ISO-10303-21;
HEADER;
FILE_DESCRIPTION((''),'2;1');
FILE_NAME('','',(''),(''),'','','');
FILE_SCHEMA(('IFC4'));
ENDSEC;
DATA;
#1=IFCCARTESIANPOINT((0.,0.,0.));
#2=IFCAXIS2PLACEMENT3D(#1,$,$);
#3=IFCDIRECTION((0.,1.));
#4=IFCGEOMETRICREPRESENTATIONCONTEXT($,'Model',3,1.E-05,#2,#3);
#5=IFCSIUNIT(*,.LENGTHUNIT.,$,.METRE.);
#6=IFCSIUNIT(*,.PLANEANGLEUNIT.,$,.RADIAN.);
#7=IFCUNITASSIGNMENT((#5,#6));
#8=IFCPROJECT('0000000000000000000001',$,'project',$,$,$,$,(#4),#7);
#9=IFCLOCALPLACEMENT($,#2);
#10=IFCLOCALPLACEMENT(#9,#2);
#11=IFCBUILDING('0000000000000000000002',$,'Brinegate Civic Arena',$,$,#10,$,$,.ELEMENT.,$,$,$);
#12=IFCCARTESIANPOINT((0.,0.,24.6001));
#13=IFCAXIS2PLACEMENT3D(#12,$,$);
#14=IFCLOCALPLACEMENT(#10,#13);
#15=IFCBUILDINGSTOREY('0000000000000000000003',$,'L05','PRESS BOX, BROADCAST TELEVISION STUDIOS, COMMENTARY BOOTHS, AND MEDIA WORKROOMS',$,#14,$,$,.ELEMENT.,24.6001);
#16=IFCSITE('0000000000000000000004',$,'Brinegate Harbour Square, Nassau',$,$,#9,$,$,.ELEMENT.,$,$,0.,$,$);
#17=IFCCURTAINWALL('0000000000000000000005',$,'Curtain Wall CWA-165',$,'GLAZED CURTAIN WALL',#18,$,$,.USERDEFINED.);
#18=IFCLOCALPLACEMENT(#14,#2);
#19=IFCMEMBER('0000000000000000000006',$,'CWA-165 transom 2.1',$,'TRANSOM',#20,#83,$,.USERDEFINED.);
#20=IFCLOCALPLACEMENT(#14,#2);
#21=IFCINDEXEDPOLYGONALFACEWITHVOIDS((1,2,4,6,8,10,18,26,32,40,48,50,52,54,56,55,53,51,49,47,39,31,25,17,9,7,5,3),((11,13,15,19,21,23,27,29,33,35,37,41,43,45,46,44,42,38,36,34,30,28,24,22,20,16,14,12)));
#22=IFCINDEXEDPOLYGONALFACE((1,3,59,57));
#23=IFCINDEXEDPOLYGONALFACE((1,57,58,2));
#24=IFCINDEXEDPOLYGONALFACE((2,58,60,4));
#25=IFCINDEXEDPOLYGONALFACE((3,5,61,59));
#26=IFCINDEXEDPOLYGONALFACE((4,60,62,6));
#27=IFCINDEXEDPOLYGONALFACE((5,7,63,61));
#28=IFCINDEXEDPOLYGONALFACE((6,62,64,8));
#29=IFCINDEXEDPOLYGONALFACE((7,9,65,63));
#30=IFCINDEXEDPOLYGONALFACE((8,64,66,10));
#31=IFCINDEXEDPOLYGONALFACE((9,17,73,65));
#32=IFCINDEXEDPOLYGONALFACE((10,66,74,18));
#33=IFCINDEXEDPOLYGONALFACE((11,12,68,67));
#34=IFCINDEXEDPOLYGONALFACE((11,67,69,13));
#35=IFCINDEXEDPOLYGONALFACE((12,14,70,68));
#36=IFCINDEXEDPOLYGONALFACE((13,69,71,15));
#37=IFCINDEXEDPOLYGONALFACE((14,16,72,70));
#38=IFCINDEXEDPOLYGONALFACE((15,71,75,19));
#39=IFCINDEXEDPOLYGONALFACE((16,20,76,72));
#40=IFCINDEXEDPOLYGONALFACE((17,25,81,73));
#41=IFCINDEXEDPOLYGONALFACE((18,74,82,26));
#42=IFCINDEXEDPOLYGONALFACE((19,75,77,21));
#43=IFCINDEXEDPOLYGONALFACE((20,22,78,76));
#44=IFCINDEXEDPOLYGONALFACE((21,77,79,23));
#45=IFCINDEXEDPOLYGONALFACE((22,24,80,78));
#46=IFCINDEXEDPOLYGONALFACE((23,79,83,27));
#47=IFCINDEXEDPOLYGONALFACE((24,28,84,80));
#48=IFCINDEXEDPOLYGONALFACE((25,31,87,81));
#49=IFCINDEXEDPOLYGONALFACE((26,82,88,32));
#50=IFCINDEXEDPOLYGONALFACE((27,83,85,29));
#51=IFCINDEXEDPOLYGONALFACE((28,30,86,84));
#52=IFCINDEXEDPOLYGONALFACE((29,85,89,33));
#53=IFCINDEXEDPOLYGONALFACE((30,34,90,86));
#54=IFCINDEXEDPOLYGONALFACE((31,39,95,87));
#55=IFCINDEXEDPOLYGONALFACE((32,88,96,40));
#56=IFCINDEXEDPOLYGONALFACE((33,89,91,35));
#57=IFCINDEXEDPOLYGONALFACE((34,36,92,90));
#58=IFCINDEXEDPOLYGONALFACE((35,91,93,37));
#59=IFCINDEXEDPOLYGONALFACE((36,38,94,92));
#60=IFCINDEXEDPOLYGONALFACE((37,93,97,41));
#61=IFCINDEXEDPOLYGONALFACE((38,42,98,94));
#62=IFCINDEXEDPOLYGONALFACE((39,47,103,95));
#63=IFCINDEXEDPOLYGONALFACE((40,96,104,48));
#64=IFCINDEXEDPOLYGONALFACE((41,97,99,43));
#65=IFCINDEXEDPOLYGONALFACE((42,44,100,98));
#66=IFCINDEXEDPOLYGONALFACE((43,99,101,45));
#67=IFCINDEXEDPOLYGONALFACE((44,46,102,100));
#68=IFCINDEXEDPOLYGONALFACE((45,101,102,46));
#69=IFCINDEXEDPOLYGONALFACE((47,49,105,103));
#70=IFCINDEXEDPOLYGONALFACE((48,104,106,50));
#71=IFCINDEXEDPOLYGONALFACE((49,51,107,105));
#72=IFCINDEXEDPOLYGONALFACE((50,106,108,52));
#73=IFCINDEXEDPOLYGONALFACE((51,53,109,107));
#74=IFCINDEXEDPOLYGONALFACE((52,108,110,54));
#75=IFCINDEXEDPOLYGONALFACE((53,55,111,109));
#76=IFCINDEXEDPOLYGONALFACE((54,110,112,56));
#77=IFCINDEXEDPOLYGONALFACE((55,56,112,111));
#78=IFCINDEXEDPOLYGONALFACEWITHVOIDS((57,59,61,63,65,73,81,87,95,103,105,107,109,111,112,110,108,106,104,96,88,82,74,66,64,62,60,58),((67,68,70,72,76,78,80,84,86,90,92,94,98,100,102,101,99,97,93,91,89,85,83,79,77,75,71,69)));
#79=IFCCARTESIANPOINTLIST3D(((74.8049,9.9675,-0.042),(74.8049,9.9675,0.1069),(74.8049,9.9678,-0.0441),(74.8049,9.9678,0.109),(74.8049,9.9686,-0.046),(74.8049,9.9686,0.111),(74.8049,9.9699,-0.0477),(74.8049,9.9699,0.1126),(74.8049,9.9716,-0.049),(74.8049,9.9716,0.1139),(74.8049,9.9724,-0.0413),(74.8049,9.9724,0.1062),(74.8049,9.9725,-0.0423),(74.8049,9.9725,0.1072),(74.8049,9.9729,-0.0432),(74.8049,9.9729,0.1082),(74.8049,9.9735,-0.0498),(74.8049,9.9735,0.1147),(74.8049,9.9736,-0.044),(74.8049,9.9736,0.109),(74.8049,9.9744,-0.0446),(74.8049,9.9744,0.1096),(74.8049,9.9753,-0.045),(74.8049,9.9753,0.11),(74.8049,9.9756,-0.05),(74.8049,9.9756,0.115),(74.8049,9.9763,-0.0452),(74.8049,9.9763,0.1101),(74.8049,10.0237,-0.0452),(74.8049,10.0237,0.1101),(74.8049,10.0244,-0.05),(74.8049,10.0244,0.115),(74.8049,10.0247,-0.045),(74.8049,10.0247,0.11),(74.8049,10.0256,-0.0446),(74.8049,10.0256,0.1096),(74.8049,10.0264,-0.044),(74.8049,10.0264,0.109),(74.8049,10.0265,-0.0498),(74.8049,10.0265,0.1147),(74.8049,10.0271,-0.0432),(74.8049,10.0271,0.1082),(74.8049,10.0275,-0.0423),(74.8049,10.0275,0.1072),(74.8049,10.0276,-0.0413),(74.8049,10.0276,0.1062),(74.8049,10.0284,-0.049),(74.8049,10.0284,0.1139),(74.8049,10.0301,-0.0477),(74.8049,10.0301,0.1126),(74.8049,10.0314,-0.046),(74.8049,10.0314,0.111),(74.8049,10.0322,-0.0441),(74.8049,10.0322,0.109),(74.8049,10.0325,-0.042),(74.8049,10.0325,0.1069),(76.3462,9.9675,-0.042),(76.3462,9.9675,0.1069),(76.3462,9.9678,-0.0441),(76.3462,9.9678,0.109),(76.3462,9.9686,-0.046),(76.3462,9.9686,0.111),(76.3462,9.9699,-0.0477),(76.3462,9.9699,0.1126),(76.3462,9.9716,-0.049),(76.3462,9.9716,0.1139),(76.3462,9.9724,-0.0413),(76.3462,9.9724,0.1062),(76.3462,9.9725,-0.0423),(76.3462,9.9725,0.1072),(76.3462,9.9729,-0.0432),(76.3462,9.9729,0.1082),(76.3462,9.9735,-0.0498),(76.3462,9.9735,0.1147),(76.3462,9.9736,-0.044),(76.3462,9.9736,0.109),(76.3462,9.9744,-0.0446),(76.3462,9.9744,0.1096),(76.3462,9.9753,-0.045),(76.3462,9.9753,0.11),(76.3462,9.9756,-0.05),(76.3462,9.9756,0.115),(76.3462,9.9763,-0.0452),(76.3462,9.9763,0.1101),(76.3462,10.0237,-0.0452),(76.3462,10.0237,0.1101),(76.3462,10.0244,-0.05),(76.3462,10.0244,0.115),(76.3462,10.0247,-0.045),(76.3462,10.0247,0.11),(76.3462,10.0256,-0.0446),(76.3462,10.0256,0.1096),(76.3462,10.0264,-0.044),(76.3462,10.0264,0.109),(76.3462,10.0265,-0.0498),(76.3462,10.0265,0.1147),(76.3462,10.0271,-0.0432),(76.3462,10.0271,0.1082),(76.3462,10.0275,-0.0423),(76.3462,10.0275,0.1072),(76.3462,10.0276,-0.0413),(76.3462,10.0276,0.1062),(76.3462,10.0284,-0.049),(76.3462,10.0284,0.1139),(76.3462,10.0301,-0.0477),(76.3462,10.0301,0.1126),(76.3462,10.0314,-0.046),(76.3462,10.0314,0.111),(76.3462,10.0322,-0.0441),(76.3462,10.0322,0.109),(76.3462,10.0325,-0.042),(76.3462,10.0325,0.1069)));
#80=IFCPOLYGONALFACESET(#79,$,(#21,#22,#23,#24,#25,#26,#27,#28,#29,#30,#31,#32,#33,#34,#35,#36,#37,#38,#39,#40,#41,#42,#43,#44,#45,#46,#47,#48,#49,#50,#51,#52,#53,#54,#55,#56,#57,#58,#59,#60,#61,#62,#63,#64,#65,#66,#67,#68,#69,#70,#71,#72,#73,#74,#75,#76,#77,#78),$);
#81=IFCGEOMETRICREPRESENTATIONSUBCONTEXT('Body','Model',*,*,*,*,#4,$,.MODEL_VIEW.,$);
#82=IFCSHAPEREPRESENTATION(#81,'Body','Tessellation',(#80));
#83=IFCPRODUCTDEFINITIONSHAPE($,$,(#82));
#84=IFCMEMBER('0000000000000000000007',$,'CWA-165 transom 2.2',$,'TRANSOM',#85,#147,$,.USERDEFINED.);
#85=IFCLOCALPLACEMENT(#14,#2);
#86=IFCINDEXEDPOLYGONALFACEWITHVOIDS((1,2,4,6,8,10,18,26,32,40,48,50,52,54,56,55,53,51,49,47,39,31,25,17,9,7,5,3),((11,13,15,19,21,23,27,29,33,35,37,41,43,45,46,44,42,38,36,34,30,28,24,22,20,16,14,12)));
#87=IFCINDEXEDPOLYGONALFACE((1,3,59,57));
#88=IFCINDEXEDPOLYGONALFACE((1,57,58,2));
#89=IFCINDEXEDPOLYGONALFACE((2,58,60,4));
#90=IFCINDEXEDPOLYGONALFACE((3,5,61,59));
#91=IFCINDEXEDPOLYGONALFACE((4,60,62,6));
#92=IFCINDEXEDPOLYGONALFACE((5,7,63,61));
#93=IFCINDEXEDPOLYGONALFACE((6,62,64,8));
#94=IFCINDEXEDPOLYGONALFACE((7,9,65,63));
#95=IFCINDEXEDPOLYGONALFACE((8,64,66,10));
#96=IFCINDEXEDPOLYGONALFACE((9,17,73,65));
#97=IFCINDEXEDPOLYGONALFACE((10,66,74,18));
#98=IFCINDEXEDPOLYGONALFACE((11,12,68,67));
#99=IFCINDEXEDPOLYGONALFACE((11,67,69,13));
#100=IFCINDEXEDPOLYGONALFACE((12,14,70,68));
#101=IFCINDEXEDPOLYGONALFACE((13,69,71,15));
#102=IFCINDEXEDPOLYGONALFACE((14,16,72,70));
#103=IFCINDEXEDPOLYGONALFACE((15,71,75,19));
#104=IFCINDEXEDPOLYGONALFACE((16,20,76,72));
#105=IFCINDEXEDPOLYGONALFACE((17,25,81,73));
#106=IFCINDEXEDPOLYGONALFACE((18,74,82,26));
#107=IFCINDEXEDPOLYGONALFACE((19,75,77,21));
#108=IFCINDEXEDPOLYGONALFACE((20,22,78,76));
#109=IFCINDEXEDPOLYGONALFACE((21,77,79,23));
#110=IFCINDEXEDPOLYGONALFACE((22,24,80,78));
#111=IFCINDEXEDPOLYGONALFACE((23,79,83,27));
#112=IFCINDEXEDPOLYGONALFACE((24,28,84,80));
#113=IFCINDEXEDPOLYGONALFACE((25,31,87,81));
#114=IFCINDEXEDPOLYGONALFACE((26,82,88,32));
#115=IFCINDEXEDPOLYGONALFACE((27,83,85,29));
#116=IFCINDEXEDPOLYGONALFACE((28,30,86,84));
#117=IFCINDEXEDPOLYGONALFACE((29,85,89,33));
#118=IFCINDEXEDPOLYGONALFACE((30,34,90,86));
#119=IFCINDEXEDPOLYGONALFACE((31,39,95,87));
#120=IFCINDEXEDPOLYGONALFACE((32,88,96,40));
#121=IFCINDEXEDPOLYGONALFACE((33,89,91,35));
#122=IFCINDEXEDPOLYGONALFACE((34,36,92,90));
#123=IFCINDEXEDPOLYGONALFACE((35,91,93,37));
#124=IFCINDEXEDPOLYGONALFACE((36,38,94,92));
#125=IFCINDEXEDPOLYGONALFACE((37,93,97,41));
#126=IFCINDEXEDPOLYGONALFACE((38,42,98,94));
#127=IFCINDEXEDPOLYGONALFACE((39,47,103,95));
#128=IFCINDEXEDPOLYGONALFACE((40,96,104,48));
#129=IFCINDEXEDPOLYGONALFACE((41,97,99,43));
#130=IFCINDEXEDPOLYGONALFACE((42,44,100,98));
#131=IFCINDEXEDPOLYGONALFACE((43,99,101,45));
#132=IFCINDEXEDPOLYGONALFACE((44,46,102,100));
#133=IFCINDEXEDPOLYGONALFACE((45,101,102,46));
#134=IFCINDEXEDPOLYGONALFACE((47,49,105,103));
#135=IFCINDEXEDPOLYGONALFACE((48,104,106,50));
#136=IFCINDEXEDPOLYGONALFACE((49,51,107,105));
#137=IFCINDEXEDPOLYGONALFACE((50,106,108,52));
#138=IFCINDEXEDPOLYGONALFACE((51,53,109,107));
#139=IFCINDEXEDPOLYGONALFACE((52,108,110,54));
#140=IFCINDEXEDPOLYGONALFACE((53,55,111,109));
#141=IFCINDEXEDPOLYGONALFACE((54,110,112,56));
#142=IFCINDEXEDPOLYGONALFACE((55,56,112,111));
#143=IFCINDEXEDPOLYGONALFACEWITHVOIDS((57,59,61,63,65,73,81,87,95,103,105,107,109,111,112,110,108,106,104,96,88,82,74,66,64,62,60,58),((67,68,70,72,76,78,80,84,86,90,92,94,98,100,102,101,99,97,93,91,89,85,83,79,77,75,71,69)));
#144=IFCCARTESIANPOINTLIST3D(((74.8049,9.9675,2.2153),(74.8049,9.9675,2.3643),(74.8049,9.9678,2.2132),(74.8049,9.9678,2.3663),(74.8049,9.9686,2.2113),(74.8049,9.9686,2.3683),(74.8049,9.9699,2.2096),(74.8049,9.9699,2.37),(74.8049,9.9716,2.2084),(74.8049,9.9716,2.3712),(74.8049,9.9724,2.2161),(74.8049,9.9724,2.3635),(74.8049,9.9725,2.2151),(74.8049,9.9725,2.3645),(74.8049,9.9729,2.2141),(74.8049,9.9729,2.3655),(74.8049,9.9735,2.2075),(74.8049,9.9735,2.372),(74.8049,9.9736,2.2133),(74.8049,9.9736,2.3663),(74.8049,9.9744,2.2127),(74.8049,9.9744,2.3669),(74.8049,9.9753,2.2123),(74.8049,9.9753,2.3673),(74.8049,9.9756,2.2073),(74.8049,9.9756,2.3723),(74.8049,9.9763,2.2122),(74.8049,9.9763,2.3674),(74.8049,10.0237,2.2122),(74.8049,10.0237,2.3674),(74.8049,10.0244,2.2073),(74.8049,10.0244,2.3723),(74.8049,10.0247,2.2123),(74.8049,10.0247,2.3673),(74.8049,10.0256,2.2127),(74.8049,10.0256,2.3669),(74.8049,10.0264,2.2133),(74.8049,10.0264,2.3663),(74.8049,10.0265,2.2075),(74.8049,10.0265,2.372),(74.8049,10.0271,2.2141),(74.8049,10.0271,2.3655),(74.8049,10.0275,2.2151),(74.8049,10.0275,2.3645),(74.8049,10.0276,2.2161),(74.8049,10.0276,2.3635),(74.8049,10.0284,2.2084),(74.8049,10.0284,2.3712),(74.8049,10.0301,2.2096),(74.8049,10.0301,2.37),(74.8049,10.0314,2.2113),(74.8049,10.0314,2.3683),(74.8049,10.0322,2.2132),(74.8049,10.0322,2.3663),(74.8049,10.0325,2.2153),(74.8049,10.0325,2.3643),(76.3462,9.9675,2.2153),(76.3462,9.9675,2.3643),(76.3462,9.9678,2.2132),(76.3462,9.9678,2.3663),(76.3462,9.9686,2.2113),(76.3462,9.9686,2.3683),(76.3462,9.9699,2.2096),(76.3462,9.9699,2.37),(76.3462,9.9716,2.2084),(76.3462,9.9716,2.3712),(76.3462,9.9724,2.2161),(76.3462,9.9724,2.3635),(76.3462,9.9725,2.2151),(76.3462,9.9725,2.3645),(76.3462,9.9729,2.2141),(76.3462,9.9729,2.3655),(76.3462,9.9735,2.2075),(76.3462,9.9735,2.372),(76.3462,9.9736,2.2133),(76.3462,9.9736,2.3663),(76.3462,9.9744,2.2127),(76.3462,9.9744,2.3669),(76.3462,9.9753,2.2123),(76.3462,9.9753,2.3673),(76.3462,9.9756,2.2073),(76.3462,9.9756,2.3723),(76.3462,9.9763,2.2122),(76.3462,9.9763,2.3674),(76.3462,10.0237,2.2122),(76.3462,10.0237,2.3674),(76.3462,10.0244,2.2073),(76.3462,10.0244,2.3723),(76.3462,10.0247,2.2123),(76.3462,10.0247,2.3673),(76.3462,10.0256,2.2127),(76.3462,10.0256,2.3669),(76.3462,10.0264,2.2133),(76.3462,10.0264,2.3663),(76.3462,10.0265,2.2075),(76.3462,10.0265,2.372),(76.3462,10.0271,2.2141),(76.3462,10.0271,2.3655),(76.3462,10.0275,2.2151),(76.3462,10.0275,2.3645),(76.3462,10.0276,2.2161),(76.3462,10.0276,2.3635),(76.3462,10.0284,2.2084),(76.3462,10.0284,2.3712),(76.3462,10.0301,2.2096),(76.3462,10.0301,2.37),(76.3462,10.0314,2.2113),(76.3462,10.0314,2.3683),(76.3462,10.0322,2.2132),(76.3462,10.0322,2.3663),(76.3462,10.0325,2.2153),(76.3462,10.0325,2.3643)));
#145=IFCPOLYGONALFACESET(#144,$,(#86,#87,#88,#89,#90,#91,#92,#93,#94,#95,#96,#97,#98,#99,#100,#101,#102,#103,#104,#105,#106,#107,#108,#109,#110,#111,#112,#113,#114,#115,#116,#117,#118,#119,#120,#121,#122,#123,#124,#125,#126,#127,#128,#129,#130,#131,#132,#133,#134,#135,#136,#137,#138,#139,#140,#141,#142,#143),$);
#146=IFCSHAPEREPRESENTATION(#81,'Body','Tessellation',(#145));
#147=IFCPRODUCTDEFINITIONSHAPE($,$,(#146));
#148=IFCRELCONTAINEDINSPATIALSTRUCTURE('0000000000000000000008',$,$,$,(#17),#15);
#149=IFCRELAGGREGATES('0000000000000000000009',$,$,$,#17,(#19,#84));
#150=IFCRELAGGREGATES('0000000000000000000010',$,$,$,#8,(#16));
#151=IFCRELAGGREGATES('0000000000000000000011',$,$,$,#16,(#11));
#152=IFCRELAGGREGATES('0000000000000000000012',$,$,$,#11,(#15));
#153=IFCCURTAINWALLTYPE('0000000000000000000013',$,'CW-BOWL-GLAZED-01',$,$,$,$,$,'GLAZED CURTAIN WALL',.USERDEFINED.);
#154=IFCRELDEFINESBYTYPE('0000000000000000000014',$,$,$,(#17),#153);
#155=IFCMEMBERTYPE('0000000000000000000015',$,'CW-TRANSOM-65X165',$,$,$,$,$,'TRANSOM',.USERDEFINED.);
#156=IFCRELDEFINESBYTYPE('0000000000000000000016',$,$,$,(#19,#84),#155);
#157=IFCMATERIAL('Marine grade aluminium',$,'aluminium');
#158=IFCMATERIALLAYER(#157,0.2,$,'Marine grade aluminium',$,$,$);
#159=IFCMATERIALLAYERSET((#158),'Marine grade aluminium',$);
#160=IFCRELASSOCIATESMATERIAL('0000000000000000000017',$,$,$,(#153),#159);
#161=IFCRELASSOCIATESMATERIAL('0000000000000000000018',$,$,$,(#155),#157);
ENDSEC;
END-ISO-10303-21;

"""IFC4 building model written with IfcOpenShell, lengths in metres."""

from ifc_helpers import new_model, si_unit, direction, frame, origin, origin_2d, place, context, subcontext, project, spatial, hollow_rectangle, extrude, material, layer, layer_set, material_profile, profile_set, type_object, element, aggregate, save


model = new_model("IFC4")

# Units and contexts
model_context = context("Model", 3, precision=1e-05, world=origin(), true_north=direction((0.0, 1.0)))
body_context = subcontext(model_context, "Body", "Model", "MODEL_VIEW")
ifc_project = project(units=[si_unit("LENGTHUNIT", "METRE"), si_unit("PLANEANGLEUNIT", "RADIAN")], contexts=[model_context])

# Site, building, storey
site_placement = place(None, origin())
site = spatial("IfcSite", under=ifc_project, at=site_placement, Name="Brinegate Harbour Square, Nassau", CompositionType="ELEMENT", RefElevation=0.0)
building_placement = place(site_placement, origin())
building = spatial("IfcBuilding", under=site, at=building_placement, Name="Brinegate Civic Arena", CompositionType="ELEMENT")
storey_placement = place(building_placement, frame((0.0, 0.0, 24.6001)))
storey = spatial("IfcBuildingStorey", under=building, at=storey_placement, Name="L05", Description="PRESS BOX, BROADCAST TELEVISION STUDIOS, COMMENTARY BOOTHS, AND MEDIA WORKROOMS", CompositionType="ELEMENT", Elevation=24.6001)

# Curtain wall, members
ifc_material_1 = material(Name="Marine grade aluminium", Category="aluminium")
ifc_layer_1 = layer(ifc_material_1, 0.2, Name="Marine grade aluminium")
ifc_layer_set_1 = layer_set([ifc_layer_1], Name="Marine grade aluminium")
curtain_wall_type = type_object("IfcCurtainWallType", Name="CW-BOWL-GLAZED-01", ElementType="GLAZED CURTAIN WALL", PredefinedType="USERDEFINED", material=ifc_layer_set_1)
curtain_wall_placement = place(storey_placement, origin())
curtain_wall = element("IfcCurtainWall", 1, at=curtain_wall_placement, inside=storey, type_object=curtain_wall_type, Name="Curtain Wall CWA-165", ObjectType="GLAZED CURTAIN WALL", PredefinedType="USERDEFINED")
ifc_material_profile_1 = material_profile(ifc_material_1, hollow_rectangle(XDim=0.0649, YDim=0.165, WallThickness=0.0049, InnerFilletRadius=0.0039, OuterFilletRadius=0.0081, at=origin_2d()), Name="TRN65X165")
ifc_profile_set_1 = profile_set([ifc_material_profile_1], Name="Marine grade aluminium")
member_type_1 = type_object("IfcMemberType", Name="CW-TRANSOM-65X165", ElementType="TRANSOM", PredefinedType="USERDEFINED", material=ifc_profile_set_1)
member_1_placement = place(storey_placement, frame((74.8049, 10.0, 0.0325), z_axis=(1.0, 0.0, 0.0), x_axis=(0.0, 1.0, 0.0)))
member_1 = element("IfcMember", 2, at=member_1_placement, type_object=member_type_1, Name="CWA-165 transom 2.1", ObjectType="TRANSOM", PredefinedType="USERDEFINED", context=body_context, shape_type="SweptSolid", body=[
    extrude(hollow_rectangle(XDim=0.0649, YDim=0.165, WallThickness=0.0049, InnerFilletRadius=0.0039, OuterFilletRadius=0.0081, at=origin_2d()), origin(), (0.0, 0.0, 1.0), 1.5413),
])
member_2_placement = place(storey_placement, frame((74.8049, 10.0, 2.2898), z_axis=(1.0, 0.0, 0.0), x_axis=(0.0, 1.0, 0.0)))
member_2 = element("IfcMember", 3, at=member_2_placement, type_object=member_type_1, Name="CWA-165 transom 2.2", ObjectType="TRANSOM", PredefinedType="USERDEFINED", context=body_context, shape_type="SweptSolid", body=[
    extrude(hollow_rectangle(XDim=0.0649, YDim=0.165, WallThickness=0.0049, InnerFilletRadius=0.0039, OuterFilletRadius=0.0081, at=origin_2d()), origin(), (0.0, 0.0, 1.0), 1.5413),
])
aggregate(curtain_wall, [member_1, member_2])

save(model, "model.ifc")
